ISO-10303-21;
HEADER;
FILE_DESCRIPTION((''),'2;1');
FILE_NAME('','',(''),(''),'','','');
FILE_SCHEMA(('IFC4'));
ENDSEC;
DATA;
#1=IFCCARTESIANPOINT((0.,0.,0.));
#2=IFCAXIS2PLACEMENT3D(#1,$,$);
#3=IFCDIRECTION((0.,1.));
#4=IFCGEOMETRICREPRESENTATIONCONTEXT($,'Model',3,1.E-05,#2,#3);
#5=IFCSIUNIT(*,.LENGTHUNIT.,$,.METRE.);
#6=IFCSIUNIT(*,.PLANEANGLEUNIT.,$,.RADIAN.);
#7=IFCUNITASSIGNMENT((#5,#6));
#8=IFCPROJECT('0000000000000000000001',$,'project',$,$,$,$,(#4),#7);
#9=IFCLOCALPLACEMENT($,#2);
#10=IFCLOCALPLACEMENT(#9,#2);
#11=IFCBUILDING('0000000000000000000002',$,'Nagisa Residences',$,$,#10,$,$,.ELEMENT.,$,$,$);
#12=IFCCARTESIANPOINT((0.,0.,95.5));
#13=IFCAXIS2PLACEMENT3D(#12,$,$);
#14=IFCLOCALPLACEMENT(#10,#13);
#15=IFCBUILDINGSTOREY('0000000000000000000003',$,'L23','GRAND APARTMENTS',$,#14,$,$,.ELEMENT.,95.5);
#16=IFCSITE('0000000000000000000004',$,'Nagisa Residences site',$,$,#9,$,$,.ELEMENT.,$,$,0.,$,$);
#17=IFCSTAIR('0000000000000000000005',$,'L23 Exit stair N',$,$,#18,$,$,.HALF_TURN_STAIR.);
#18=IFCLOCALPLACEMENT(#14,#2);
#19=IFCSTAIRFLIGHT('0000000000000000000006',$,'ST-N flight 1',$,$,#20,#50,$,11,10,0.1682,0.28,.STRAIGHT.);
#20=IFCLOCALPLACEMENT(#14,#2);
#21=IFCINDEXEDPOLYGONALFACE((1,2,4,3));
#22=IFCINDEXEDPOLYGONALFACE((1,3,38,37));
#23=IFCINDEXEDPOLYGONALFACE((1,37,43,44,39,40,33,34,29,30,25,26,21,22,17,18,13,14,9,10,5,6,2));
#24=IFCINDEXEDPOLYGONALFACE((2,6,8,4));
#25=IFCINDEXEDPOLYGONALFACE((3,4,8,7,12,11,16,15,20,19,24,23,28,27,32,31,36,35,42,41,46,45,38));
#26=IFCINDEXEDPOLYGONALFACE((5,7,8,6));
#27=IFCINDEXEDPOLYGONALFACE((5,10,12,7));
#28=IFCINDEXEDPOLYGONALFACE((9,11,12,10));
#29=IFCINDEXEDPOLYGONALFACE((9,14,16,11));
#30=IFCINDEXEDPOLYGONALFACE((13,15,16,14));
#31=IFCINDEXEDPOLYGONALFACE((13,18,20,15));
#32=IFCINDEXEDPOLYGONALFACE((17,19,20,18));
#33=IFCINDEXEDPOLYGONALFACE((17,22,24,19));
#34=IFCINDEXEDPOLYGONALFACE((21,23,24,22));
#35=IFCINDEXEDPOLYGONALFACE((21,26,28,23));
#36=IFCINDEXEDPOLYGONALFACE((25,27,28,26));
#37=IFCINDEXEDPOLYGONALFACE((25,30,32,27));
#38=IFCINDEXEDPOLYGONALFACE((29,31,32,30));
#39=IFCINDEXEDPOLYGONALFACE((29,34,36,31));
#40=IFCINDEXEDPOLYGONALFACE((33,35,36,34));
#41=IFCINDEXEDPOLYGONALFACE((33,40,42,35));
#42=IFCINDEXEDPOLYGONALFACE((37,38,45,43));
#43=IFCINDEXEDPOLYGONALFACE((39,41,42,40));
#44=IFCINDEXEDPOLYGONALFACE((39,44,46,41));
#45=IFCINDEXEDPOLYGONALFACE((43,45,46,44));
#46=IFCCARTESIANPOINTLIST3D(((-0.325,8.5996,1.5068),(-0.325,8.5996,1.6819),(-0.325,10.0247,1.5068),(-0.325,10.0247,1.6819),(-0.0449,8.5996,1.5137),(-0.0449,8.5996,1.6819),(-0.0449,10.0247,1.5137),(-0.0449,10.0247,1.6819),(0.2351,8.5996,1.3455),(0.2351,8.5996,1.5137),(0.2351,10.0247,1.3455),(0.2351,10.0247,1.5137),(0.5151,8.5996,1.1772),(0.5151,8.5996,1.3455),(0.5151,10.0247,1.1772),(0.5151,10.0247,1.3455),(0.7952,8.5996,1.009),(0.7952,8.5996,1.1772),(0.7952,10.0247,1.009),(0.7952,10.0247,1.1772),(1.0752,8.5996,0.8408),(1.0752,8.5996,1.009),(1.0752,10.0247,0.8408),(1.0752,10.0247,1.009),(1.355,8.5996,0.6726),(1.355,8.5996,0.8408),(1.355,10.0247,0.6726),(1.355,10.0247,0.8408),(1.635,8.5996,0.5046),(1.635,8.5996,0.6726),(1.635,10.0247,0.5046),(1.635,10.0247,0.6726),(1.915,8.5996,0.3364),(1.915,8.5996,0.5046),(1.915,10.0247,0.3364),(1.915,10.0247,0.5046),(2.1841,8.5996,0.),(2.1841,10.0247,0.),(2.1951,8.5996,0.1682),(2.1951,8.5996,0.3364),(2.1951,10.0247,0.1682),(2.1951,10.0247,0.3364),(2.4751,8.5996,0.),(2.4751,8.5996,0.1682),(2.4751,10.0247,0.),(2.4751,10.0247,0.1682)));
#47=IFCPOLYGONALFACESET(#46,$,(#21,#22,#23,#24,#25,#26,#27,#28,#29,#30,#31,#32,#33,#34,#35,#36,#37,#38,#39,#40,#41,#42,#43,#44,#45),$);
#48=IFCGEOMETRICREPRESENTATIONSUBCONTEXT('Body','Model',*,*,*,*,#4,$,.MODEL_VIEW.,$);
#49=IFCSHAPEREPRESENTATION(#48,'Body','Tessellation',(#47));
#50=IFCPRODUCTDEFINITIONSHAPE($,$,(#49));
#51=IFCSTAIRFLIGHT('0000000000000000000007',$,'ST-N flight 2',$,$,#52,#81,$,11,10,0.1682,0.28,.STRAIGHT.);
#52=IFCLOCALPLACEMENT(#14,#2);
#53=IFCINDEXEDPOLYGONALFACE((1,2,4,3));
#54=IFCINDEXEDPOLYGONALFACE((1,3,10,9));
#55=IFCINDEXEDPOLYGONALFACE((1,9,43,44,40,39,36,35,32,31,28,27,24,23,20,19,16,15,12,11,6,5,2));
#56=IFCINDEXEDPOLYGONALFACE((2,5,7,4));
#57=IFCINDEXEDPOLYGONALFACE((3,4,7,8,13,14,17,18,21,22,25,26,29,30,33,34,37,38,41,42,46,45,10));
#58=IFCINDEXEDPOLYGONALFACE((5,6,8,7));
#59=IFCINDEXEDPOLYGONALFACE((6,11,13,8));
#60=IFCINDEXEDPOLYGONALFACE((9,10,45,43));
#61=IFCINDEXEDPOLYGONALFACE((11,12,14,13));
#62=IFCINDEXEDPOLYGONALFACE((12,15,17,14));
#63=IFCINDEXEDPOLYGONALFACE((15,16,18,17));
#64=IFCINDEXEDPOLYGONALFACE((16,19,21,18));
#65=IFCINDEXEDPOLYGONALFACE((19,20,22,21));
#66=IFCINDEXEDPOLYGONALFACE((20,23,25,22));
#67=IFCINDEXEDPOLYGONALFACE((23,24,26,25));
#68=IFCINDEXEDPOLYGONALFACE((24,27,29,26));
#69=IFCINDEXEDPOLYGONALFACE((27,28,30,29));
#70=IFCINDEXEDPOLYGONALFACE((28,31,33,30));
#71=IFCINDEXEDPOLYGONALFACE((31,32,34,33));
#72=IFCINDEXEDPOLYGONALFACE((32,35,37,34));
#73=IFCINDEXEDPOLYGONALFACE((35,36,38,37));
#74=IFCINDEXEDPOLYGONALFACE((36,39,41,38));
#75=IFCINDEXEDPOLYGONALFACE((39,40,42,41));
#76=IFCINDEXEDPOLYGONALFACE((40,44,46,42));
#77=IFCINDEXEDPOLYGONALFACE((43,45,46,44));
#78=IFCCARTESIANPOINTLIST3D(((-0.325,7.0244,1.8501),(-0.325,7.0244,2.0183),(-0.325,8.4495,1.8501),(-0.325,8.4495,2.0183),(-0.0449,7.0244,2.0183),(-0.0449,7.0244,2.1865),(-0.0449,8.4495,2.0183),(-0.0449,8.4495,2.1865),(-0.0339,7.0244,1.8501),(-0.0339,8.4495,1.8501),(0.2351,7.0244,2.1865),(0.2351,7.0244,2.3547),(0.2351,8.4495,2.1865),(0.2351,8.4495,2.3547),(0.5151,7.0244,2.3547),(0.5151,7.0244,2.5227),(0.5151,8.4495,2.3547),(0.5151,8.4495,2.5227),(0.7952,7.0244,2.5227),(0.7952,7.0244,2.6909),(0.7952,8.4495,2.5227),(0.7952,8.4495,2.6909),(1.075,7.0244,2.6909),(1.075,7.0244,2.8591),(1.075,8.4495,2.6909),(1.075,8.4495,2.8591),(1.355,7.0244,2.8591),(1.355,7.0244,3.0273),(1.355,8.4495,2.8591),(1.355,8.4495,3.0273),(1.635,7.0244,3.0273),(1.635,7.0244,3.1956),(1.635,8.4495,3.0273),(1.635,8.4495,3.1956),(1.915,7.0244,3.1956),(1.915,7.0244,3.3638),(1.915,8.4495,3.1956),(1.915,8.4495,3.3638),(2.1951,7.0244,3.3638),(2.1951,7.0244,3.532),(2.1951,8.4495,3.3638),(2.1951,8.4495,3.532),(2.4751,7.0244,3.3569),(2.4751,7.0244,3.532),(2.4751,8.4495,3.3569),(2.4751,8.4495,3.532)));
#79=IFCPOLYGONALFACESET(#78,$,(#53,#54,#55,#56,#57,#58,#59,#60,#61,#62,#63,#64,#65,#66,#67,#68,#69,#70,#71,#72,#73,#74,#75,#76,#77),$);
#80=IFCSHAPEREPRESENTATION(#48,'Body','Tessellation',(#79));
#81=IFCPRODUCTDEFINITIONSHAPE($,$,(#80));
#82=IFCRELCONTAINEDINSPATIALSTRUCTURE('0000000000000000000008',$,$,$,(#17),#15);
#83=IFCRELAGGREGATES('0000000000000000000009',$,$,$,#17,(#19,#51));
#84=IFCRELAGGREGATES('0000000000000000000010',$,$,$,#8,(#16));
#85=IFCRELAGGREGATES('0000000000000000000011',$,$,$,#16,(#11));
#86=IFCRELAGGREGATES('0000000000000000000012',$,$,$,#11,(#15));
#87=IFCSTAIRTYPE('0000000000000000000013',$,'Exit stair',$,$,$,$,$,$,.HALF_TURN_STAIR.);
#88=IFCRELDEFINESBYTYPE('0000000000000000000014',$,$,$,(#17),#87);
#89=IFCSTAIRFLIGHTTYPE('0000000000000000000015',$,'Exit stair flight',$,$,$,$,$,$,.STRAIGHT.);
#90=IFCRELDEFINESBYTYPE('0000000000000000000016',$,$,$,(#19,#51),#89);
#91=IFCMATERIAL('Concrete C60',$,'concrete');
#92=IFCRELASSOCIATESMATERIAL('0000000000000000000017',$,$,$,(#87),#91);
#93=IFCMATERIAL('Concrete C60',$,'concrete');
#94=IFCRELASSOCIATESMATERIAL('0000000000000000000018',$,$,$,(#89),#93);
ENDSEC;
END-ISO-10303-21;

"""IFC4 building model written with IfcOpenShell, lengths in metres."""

from ifc_helpers import new_model, si_unit, direction, frame, origin, place, context, subcontext, project, spatial, polyline, outline, extrude, material, type_object, element, aggregate, save


model = new_model("IFC4")

# Units and contexts
model_context = context("Model", 3, precision=1e-05, world=origin(), true_north=direction((0.0, 1.0)))
body_context = subcontext(model_context, "Body", "Model", "MODEL_VIEW")
ifc_project = project(units=[si_unit("LENGTHUNIT", "METRE"), si_unit("PLANEANGLEUNIT", "RADIAN")], contexts=[model_context])

# Site, building, storey
site_placement = place(None, origin())
site = spatial("IfcSite", under=ifc_project, at=site_placement, Name="Nagisa Residences site", CompositionType="ELEMENT", RefElevation=0.0)
building_placement = place(site_placement, origin())
building = spatial("IfcBuilding", under=site, at=building_placement, Name="Nagisa Residences", CompositionType="ELEMENT")
storey_placement = place(building_placement, frame((0.0, 0.0, 95.5)))
storey = spatial("IfcBuildingStorey", under=building, at=storey_placement, Name="L23", Description="GRAND APARTMENTS", CompositionType="ELEMENT", Elevation=95.5)

# Stair
ifc_material_1 = material(Name="Concrete C60", Category="concrete")
stair_type = type_object("IfcStairType", Name="Exit stair", PredefinedType="HALF_TURN_STAIR", material=ifc_material_1)
stair_1_placement = place(storey_placement, origin())
stair_1 = element("IfcStair", 1, at=stair_1_placement, inside=storey, type_object=stair_type, Name="L23 Exit stair N", PredefinedType="HALF_TURN_STAIR")

# Stair flights
ifc_material_2 = material(Name="Concrete C60", Category="concrete")
stair_flight_type = type_object("IfcStairFlightType", Name="Exit stair flight", PredefinedType="STRAIGHT", material=ifc_material_2)
stair_flight_1_placement = place(storey_placement, frame((2.4751, 9.312, 0.0), z_axis=(0.0, 0.0, 1.0), x_axis=(-1.0, 0.0, 0.0)))
stair_flight_1 = element("IfcStairFlight", 2, at=stair_flight_1_placement, type_object=stair_flight_type, Name="ST-N flight 1", NumberOfRisers=11, NumberOfTreads=10, PredefinedType="STRAIGHT", RiserHeight=0.1682, TreadLength=0.28, context=body_context, shape_type="SweptSolid", body=[
    extrude(outline(polyline([(0.0, 0.0), (0.0, 0.1682), (0.28, 0.1682), (0.28, 0.3364), (0.5601, 0.3364), (0.5601, 0.5046), (0.8401, 0.5046), (0.8401, 0.6726), (1.1201, 0.6726), (1.1201, 0.8408), (1.3999, 0.8408), (1.3999, 1.009), (1.6799, 1.009), (1.6799, 1.1772), (1.96, 1.1772), (1.96, 1.3455), (2.24, 1.3455), (2.24, 1.5137), (2.52, 1.5137), (2.52, 1.6819), (2.8, 1.6819), (2.8, 1.8501), (2.8, 1.5068), (0.291, 0.0), (0.0, 0.0)])), frame((0.0, 0.7124, 0.0), z_axis=(0.0, -1.0, 0.0), x_axis=(1.0, 0.0, 0.0)), (0.0, 0.0, 1.0), 1.425),
])
stair_flight_2_placement = place(storey_placement, frame((-0.325, 7.7371, 1.8501), z_axis=(0.0, 0.0, 1.0), x_axis=(1.0, 0.0, 0.0)))
stair_flight_2 = element("IfcStairFlight", 3, at=stair_flight_2_placement, type_object=stair_flight_type, Name="ST-N flight 2", NumberOfRisers=11, NumberOfTreads=10, PredefinedType="STRAIGHT", RiserHeight=0.1682, TreadLength=0.28, context=body_context, shape_type="SweptSolid", body=[
    extrude(outline(polyline([(0.0, 0.0), (0.0, 0.1682), (0.28, 0.1682), (0.28, 0.3364), (0.5601, 0.3364), (0.5601, 0.5046), (0.8401, 0.5046), (0.8401, 0.6726), (1.1201, 0.6726), (1.1201, 0.8408), (1.3999, 0.8408), (1.3999, 1.009), (1.6799, 1.009), (1.6799, 1.1772), (1.96, 1.1772), (1.96, 1.3455), (2.24, 1.3455), (2.24, 1.5137), (2.52, 1.5137), (2.52, 1.6819), (2.8, 1.6819), (2.8, 1.8501), (2.8, 1.5068), (0.291, 0.0), (0.0, 0.0)])), frame((0.0, 0.7124, 0.0), z_axis=(0.0, -1.0, 0.0), x_axis=(1.0, 0.0, 0.0)), (0.0, 0.0, 1.0), 1.425),
])
aggregate(stair_1, [stair_flight_1, stair_flight_2])

save(model, "model.ifc")
